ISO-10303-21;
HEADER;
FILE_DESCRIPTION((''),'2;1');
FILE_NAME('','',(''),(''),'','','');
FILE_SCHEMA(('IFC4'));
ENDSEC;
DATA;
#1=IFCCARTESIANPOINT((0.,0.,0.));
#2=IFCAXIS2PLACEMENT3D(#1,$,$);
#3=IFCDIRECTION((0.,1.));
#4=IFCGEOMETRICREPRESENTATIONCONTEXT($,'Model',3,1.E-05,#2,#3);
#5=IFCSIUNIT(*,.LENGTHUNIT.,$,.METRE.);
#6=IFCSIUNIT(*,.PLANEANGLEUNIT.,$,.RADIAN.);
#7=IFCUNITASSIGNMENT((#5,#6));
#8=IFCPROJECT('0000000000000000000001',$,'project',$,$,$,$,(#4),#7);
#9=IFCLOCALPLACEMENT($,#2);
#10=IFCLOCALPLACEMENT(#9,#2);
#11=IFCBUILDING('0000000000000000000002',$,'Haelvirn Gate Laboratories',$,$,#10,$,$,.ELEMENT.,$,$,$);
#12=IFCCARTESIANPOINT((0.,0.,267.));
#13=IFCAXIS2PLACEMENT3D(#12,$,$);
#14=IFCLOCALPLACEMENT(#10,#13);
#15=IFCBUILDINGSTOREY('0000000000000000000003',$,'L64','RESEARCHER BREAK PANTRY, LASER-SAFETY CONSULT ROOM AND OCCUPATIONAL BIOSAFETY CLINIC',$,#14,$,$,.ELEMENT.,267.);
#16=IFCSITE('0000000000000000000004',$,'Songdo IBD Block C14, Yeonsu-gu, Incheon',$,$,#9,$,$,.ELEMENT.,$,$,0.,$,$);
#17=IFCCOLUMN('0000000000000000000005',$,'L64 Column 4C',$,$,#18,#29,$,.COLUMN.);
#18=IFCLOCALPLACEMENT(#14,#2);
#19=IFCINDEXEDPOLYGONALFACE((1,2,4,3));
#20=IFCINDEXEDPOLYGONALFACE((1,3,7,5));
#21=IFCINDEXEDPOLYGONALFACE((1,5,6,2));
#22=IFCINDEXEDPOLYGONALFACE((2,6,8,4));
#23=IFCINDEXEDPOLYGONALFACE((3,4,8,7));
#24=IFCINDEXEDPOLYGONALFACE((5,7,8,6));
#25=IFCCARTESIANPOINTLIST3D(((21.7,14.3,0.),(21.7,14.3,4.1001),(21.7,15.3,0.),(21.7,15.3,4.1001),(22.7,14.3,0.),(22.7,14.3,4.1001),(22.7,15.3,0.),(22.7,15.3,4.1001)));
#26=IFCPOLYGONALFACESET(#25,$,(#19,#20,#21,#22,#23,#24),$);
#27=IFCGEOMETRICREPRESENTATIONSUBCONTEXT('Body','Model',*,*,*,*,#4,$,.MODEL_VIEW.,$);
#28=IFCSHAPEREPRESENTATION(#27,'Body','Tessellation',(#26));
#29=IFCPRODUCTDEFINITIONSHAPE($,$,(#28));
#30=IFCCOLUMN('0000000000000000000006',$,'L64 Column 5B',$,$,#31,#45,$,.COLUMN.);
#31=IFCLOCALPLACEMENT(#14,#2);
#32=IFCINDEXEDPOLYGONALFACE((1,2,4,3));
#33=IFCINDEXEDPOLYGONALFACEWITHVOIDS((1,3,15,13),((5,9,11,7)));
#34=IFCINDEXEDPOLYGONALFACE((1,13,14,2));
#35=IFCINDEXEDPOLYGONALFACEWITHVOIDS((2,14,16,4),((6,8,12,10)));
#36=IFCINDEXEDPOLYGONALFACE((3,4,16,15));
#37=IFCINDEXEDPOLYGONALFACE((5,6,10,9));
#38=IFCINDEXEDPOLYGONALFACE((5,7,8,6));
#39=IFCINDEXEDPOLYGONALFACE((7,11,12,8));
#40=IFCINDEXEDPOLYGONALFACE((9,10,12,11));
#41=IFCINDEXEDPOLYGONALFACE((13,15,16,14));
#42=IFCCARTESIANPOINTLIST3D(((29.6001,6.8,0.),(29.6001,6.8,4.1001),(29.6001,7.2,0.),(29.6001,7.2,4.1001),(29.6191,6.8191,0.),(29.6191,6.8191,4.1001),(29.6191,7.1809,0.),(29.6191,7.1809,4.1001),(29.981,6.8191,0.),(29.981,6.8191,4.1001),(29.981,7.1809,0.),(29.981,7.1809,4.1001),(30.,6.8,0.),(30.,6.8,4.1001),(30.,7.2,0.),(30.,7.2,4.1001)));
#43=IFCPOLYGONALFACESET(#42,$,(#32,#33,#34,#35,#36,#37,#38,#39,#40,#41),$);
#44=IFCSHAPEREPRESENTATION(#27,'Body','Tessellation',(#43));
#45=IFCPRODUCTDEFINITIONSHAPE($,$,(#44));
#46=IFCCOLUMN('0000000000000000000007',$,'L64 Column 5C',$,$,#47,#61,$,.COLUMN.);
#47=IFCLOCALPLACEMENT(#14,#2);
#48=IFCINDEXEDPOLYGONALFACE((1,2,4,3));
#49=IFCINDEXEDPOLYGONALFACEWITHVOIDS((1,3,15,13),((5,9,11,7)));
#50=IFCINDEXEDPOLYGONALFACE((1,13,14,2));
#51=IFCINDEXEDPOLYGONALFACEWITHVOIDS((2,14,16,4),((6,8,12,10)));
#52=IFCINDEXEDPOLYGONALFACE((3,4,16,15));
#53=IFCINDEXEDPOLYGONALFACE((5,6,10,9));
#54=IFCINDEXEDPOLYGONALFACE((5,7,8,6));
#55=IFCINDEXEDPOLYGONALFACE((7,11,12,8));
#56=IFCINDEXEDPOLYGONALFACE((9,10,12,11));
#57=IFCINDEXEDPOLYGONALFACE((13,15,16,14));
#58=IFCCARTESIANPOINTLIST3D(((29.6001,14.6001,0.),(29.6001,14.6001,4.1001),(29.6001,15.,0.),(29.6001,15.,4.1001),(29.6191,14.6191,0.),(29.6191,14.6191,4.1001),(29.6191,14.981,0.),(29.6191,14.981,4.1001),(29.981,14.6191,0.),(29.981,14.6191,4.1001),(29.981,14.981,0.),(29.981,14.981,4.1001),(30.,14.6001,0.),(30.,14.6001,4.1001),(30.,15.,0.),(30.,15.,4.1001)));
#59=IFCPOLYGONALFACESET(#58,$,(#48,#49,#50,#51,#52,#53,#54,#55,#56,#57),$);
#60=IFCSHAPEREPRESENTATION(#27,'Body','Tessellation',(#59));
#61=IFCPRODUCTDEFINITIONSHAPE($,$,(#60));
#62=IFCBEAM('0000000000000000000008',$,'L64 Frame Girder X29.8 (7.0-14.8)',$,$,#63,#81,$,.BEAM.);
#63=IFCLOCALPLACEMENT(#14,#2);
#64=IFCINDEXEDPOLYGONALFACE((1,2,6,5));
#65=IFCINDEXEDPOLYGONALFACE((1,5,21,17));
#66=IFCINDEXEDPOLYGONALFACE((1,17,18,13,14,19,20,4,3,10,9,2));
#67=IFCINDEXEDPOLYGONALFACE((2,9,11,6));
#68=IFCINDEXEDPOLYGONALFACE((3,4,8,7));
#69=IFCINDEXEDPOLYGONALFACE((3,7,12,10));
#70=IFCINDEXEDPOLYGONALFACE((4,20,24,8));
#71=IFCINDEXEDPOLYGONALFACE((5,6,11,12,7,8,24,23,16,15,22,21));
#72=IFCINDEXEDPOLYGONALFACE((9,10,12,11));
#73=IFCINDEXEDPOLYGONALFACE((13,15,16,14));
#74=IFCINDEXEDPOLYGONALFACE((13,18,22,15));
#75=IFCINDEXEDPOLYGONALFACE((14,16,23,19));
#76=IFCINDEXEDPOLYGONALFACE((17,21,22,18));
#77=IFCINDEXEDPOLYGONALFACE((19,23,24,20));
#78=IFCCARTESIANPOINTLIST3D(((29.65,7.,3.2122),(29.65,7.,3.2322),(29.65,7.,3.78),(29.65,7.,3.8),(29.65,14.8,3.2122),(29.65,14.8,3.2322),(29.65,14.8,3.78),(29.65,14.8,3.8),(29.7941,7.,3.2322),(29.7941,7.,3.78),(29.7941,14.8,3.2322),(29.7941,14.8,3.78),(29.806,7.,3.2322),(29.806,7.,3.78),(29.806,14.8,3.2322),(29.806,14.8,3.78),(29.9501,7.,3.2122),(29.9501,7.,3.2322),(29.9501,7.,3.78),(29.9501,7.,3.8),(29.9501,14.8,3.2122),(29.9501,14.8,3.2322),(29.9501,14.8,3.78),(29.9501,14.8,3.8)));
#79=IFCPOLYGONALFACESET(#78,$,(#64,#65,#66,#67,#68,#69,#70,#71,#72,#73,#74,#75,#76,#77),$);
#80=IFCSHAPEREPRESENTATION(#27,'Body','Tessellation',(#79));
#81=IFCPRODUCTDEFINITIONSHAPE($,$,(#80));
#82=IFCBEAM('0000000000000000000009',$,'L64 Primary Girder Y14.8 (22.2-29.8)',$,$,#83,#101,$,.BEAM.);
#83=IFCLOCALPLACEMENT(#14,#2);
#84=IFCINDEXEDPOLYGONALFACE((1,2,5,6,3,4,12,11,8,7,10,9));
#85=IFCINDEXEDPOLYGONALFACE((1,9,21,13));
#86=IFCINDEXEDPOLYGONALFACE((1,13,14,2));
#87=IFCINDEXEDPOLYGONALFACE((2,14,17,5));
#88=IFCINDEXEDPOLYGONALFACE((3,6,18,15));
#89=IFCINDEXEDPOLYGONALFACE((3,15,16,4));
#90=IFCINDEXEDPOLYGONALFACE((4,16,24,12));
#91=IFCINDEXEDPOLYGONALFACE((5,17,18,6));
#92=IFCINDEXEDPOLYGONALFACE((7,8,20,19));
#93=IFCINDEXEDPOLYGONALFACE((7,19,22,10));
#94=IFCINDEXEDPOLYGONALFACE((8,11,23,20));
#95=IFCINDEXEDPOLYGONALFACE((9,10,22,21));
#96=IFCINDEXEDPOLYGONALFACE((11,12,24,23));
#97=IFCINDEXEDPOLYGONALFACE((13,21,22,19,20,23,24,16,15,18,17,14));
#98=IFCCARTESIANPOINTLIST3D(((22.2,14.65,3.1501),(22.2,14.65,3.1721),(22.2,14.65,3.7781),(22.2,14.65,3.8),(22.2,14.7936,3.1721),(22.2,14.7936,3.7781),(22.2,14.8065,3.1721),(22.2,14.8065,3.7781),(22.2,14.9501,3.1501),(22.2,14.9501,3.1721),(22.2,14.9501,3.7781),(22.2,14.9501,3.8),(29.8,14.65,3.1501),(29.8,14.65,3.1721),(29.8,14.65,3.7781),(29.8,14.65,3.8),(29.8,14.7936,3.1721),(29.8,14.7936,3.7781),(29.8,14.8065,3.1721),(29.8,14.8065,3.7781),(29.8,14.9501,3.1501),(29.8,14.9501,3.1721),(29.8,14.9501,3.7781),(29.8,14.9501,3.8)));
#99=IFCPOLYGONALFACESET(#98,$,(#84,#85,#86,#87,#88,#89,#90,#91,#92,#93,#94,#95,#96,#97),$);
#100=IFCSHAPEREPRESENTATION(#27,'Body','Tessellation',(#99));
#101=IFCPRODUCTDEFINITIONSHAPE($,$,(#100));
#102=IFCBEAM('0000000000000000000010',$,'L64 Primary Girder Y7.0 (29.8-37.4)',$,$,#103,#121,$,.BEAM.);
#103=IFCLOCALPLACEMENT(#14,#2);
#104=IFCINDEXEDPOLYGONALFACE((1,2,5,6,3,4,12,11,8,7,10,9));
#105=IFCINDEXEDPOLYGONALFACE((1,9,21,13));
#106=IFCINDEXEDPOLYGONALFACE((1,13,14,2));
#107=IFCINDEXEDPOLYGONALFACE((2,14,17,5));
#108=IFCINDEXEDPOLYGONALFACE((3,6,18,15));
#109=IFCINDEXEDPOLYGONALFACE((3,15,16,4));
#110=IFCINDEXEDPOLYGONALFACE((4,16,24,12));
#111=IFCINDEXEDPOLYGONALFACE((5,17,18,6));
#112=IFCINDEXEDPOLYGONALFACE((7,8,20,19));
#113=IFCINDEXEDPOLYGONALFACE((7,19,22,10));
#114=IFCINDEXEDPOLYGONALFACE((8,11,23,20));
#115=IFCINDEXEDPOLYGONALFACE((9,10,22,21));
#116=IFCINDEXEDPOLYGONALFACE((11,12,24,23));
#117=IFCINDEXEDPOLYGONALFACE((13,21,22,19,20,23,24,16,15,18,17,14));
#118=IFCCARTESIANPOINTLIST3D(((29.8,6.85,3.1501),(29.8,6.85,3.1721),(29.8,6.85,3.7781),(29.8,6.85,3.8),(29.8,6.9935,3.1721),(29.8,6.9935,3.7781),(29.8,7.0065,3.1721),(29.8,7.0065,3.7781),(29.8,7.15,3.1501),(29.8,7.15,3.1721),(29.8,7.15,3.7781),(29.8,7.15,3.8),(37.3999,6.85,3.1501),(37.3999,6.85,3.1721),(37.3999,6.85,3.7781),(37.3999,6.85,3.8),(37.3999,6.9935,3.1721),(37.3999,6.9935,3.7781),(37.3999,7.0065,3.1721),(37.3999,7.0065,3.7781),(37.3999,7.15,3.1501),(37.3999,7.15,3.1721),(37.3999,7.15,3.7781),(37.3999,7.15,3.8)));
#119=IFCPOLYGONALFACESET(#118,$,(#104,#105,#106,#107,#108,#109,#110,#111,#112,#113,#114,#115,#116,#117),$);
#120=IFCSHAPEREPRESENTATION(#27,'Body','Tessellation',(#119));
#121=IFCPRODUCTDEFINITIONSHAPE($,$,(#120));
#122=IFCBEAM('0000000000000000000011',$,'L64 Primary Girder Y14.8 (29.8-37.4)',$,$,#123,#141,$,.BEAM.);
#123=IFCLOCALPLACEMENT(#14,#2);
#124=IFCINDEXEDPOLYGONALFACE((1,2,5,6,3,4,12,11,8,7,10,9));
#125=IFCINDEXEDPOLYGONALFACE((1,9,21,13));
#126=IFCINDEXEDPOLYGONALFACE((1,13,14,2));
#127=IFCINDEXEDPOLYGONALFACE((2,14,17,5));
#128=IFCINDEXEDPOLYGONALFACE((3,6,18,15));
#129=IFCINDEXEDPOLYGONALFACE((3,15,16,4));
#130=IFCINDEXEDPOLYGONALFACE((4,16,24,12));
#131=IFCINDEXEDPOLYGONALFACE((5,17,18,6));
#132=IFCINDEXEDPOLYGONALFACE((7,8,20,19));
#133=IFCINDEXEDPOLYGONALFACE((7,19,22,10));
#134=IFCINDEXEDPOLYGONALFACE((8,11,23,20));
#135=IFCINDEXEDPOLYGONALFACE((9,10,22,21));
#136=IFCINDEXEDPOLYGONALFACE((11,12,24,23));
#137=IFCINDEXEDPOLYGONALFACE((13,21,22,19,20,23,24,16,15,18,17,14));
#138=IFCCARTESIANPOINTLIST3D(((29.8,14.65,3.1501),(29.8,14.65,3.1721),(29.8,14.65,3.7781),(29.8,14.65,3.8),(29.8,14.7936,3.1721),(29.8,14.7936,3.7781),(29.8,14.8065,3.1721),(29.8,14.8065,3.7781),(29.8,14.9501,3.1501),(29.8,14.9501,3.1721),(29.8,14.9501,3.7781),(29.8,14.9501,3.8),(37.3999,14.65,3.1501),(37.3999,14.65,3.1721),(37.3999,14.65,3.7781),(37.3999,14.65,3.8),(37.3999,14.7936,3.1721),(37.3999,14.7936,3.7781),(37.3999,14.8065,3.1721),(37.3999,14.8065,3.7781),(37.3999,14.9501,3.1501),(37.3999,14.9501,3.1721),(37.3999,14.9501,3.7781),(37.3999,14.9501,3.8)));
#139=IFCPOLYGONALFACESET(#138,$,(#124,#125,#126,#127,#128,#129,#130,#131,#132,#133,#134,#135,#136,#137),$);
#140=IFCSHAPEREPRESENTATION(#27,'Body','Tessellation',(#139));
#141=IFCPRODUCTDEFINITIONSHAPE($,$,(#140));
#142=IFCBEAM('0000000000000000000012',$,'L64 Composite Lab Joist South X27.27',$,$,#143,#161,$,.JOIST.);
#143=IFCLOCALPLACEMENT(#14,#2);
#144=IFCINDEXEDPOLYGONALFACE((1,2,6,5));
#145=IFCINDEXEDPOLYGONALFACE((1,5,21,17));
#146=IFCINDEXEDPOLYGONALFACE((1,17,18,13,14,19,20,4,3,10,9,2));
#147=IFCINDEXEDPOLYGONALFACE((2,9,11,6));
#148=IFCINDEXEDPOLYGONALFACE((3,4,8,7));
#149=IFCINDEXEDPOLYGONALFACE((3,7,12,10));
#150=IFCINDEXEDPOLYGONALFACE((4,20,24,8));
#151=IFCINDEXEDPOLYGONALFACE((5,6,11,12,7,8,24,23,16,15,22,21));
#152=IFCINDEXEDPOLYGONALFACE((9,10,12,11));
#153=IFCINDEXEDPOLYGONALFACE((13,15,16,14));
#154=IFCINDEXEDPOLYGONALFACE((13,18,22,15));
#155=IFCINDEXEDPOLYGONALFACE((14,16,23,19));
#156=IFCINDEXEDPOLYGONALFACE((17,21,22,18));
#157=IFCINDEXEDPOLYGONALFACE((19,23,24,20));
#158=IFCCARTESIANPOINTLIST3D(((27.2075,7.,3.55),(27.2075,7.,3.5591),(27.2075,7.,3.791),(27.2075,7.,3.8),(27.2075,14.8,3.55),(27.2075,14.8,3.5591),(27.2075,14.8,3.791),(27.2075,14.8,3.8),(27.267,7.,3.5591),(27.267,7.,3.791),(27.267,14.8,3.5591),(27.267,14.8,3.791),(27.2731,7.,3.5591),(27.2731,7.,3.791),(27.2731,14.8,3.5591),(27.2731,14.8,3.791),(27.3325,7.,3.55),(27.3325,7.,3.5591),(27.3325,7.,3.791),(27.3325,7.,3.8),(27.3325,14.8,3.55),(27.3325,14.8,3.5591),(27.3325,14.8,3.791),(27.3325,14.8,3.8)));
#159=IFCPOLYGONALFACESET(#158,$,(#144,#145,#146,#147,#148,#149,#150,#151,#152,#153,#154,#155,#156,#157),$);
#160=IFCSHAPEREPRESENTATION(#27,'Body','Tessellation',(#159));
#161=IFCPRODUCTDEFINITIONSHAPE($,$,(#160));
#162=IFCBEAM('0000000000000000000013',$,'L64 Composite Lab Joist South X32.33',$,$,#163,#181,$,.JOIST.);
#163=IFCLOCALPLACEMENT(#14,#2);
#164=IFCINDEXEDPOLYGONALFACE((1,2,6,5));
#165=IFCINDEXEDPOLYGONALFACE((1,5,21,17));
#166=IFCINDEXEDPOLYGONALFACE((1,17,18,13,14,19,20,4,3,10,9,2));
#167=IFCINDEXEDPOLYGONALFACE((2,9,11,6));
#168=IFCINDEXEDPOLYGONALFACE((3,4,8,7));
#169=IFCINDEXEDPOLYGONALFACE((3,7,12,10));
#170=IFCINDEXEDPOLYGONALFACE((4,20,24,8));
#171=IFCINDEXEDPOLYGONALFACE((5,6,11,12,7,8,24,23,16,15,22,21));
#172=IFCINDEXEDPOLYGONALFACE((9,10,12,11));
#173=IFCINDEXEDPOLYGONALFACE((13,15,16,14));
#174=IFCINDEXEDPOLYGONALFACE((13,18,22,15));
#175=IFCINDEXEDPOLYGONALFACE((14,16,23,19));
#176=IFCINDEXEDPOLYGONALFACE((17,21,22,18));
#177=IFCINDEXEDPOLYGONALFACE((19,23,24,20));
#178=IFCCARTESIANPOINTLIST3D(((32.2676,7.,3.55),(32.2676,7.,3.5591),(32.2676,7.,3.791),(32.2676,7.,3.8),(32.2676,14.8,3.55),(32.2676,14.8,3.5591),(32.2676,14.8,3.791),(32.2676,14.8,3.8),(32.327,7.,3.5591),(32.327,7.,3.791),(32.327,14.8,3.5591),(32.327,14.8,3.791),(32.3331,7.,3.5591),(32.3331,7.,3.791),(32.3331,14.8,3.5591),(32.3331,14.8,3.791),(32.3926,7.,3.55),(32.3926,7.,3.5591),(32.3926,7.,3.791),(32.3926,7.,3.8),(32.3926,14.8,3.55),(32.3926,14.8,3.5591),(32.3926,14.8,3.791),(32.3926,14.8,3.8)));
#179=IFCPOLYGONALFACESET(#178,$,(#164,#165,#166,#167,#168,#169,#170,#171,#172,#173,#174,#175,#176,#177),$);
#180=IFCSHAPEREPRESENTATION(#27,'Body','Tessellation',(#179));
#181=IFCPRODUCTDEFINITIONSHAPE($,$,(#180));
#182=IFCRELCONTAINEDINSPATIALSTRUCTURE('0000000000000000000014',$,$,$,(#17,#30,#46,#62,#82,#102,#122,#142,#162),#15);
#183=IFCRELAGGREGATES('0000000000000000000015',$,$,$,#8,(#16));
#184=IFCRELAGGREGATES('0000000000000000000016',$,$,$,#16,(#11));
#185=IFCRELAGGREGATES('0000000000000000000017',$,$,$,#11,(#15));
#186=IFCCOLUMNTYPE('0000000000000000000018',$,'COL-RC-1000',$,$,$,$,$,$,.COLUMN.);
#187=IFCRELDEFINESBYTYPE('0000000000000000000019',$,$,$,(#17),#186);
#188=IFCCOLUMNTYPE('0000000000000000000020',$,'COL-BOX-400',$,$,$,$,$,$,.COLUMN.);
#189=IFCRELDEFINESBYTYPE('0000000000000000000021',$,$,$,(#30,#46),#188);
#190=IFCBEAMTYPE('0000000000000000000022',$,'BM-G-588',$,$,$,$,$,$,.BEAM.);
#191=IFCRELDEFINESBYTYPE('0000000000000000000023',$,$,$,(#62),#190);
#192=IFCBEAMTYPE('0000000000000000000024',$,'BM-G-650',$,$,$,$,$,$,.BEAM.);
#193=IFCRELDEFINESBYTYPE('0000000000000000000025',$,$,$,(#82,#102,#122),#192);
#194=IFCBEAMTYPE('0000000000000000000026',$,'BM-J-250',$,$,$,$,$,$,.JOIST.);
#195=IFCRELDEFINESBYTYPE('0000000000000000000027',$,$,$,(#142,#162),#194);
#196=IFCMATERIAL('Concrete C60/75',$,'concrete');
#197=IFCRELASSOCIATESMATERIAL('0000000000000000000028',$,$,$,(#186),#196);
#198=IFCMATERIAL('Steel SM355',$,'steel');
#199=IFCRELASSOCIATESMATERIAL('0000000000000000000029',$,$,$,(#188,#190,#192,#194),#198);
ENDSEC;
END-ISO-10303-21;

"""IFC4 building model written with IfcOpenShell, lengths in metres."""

from ifc_helpers import new_model, si_unit, direction, frame, origin, origin_2d, place, context, subcontext, project, spatial, rectangle, hollow_rectangle, i_section, extrude, source, transform, mapped, material, material_profile, profile_set, type_object, type_shapes, element, save


model = new_model("IFC4")

# Units and contexts
model_context = context("Model", 3, precision=1e-05, world=origin(), true_north=direction((0.0, 1.0)))
body_context = subcontext(model_context, "Body", "Model", "MODEL_VIEW")
ifc_project = project(units=[si_unit("LENGTHUNIT", "METRE"), si_unit("PLANEANGLEUNIT", "RADIAN")], contexts=[model_context])

# Site, building, storey
site_placement = place(None, origin())
site = spatial("IfcSite", under=ifc_project, at=site_placement, Name="Songdo IBD Block C14, Yeonsu-gu, Incheon", CompositionType="ELEMENT", RefElevation=0.0)
building_placement = place(site_placement, origin())
building = spatial("IfcBuilding", under=site, at=building_placement, Name="Haelvirn Gate Laboratories", CompositionType="ELEMENT")
storey_placement = place(building_placement, frame((0.0, 0.0, 267.0)))
storey = spatial("IfcBuildingStorey", under=building, at=storey_placement, Name="L64", Description="RESEARCHER BREAK PANTRY, LASER-SAFETY CONSULT ROOM AND OCCUPATIONAL BIOSAFETY CLINIC", CompositionType="ELEMENT", Elevation=267.0)

# Columns
ifc_material_1 = material(Name="Concrete C60/75", Category="concrete")
ifc_material_profile_1 = material_profile(ifc_material_1, rectangle(XDim=1.0, YDim=1.0, at=origin_2d()), Name="RC-1000x1000")
ifc_profile_set_1 = profile_set([ifc_material_profile_1], Name="Concrete C60/75")
column_type_1 = type_object("IfcColumnType", Name="COL-RC-1000", PredefinedType="COLUMN", material=ifc_profile_set_1)
shared_shape_1 = source(origin(), body_context, "Body", "SweptSolid", [
    extrude(rectangle(XDim=1.0, YDim=1.0, at=origin_2d()), origin(), (0.0, 0.0, 1.0), 4.1001),
])
type_shapes(column_type_1, [shared_shape_1])
column_placement = place(storey_placement, frame((22.2, 14.8, 0.0), z_axis=(0.0, 0.0, 1.0), x_axis=(1.0, 0.0, 0.0)))
element("IfcColumn", 1, at=column_placement, inside=storey, type_object=column_type_1, Name="L64 Column 4C", PredefinedType="COLUMN", context=body_context, shape_type="MappedRepresentation", body=[
    mapped(shared_shape_1, transform((0.0, 0.0, 0.0), scale=1.0)),
])
ifc_material_2 = material(Name="Steel SM355", Category="steel")
ifc_material_profile_2 = material_profile(ifc_material_2, hollow_rectangle(XDim=0.3999, YDim=0.3999, WallThickness=0.019, at=origin_2d()), Name="BOX-400x400x19")
ifc_profile_set_2 = profile_set([ifc_material_profile_2], Name="Steel SM355")
column_type_2 = type_object("IfcColumnType", Name="COL-BOX-400", PredefinedType="COLUMN", material=ifc_profile_set_2)
shared_shape_2 = source(origin(), body_context, "Body", "SweptSolid", [
    extrude(hollow_rectangle(XDim=0.3999, YDim=0.3999, WallThickness=0.019, at=origin_2d()), origin(), (0.0, 0.0, 1.0), 4.1001),
])
type_shapes(column_type_2, [shared_shape_2])
for number, where, z_axis, x_axis, name in (
    (2, (29.8, 7.0, 0.0), (0.0, 0.0, 1.0), (1.0, 0.0, 0.0), "L64 Column 5B"),
    (3, (29.8, 14.8, 0.0), (0.0, 0.0, 1.0), (1.0, 0.0, 0.0), "L64 Column 5C"),
):
    element("IfcColumn", number, at=place(storey_placement, frame(where, z_axis=z_axis, x_axis=x_axis)), inside=storey, type_object=column_type_2, Name=name, PredefinedType="COLUMN", context=body_context, shape_type="MappedRepresentation", body=[
        mapped(shared_shape_2, transform((0.0, 0.0, 0.0), scale=1.0)),
    ])

# Beams
ifc_material_profile_3 = material_profile(ifc_material_2, i_section(OverallWidth=0.3, OverallDepth=0.5879, WebThickness=0.012, FlangeThickness=0.02, at=origin_2d()), Name="H-588x300x12x20")
ifc_profile_set_3 = profile_set([ifc_material_profile_3], Name="Steel SM355")
beam_type_1 = type_object("IfcBeamType", Name="BM-G-588", PredefinedType="BEAM", material=ifc_profile_set_3)
shared_shape_3 = source(origin(), body_context, "Body", "SweptSolid", [
    extrude(i_section(OverallWidth=0.3, OverallDepth=0.5879, WebThickness=0.012, FlangeThickness=0.02, at=origin_2d()), origin(), (0.0, 0.0, 1.0), 7.8),
])
type_shapes(beam_type_1, [shared_shape_3])
beam_1_placement = place(storey_placement, frame((29.8, 7.0, 3.5061), z_axis=(0.0, 1.0, 0.0), x_axis=(-1.0, 0.0, 0.0)))
element("IfcBeam", 4, at=beam_1_placement, inside=storey, type_object=beam_type_1, Name="L64 Frame Girder X29.8 (7.0-14.8)", PredefinedType="BEAM", context=body_context, shape_type="MappedRepresentation", body=[
    mapped(shared_shape_3, transform((0.0, 0.0, 0.0), scale=1.0)),
])
ifc_material_profile_4 = material_profile(ifc_material_2, i_section(OverallWidth=0.3, OverallDepth=0.6499, WebThickness=0.0129, FlangeThickness=0.022, at=origin_2d()), Name="H-650x300x13x22")
ifc_profile_set_4 = profile_set([ifc_material_profile_4], Name="Steel SM355")
beam_type_2 = type_object("IfcBeamType", Name="BM-G-650", PredefinedType="BEAM", material=ifc_profile_set_4)
shared_shape_4 = source(origin(), body_context, "Body", "SweptSolid", [
    extrude(i_section(OverallWidth=0.3, OverallDepth=0.6499, WebThickness=0.0129, FlangeThickness=0.022, at=origin_2d()), origin(), (0.0, 0.0, 1.0), 7.6001),
])
beam_2_placement = place(storey_placement, frame((22.2, 14.8, 3.4751), z_axis=(1.0, 0.0, 0.0), x_axis=(0.0, 1.0, 0.0)))
element("IfcBeam", 5, at=beam_2_placement, inside=storey, type_object=beam_type_2, Name="L64 Primary Girder Y14.8 (22.2-29.8)", PredefinedType="BEAM", context=body_context, shape_type="MappedRepresentation", body=[
    mapped(shared_shape_4, transform((0.0, 0.0, 0.0), scale=1.0)),
])
shared_shape_5 = source(origin(), body_context, "Body", "SweptSolid", [
    extrude(i_section(OverallWidth=0.3, OverallDepth=0.6499, WebThickness=0.0129, FlangeThickness=0.022, at=origin_2d()), origin(), (0.0, 0.0, 1.0), 7.5999),
])
type_shapes(beam_type_2, [shared_shape_4, shared_shape_5])
for number, where, z_axis, x_axis, name in (
    (6, (29.8, 7.0, 3.4751), (1.0, 0.0, 0.0), (0.0, 1.0, 0.0), "L64 Primary Girder Y7.0 (29.8-37.4)"),
    (7, (29.8, 14.8, 3.4751), (1.0, 0.0, 0.0), (0.0, 1.0, 0.0), "L64 Primary Girder Y14.8 (29.8-37.4)"),
):
    element("IfcBeam", number, at=place(storey_placement, frame(where, z_axis=z_axis, x_axis=x_axis)), inside=storey, type_object=beam_type_2, Name=name, PredefinedType="BEAM", context=body_context, shape_type="MappedRepresentation", body=[
        mapped(shared_shape_5, transform((0.0, 0.0, 0.0), scale=1.0)),
    ])
ifc_material_profile_5 = material_profile(ifc_material_2, i_section(OverallWidth=0.125, OverallDepth=0.25, WebThickness=0.0061, FlangeThickness=0.009, at=origin_2d()), Name="H-250x125x6x9")
ifc_profile_set_5 = profile_set([ifc_material_profile_5], Name="Steel SM355")
beam_type_3 = type_object("IfcBeamType", Name="BM-J-250", PredefinedType="JOIST", material=ifc_profile_set_5)
shared_shape_6 = source(origin(), body_context, "Body", "SweptSolid", [
    extrude(i_section(OverallWidth=0.125, OverallDepth=0.25, WebThickness=0.0061, FlangeThickness=0.009, at=origin_2d()), origin(), (0.0, 0.0, 1.0), 7.8),
])
type_shapes(beam_type_3, [shared_shape_6])
for number, where, z_axis, x_axis, name in (
    (8, (27.27, 7.0, 3.675), (0.0, 1.0, 0.0), (-1.0, 0.0, 0.0), "L64 Composite Lab Joist South X27.27"),
    (9, (32.3301, 7.0, 3.675), (0.0, 1.0, 0.0), (-1.0, 0.0, 0.0), "L64 Composite Lab Joist South X32.33"),
):
    element("IfcBeam", number, at=place(storey_placement, frame(where, z_axis=z_axis, x_axis=x_axis)), inside=storey, type_object=beam_type_3, Name=name, PredefinedType="JOIST", context=body_context, shape_type="MappedRepresentation", body=[
        mapped(shared_shape_6, transform((0.0, 0.0, 0.0), scale=1.0)),
    ])

save(model, "model.ifc")
